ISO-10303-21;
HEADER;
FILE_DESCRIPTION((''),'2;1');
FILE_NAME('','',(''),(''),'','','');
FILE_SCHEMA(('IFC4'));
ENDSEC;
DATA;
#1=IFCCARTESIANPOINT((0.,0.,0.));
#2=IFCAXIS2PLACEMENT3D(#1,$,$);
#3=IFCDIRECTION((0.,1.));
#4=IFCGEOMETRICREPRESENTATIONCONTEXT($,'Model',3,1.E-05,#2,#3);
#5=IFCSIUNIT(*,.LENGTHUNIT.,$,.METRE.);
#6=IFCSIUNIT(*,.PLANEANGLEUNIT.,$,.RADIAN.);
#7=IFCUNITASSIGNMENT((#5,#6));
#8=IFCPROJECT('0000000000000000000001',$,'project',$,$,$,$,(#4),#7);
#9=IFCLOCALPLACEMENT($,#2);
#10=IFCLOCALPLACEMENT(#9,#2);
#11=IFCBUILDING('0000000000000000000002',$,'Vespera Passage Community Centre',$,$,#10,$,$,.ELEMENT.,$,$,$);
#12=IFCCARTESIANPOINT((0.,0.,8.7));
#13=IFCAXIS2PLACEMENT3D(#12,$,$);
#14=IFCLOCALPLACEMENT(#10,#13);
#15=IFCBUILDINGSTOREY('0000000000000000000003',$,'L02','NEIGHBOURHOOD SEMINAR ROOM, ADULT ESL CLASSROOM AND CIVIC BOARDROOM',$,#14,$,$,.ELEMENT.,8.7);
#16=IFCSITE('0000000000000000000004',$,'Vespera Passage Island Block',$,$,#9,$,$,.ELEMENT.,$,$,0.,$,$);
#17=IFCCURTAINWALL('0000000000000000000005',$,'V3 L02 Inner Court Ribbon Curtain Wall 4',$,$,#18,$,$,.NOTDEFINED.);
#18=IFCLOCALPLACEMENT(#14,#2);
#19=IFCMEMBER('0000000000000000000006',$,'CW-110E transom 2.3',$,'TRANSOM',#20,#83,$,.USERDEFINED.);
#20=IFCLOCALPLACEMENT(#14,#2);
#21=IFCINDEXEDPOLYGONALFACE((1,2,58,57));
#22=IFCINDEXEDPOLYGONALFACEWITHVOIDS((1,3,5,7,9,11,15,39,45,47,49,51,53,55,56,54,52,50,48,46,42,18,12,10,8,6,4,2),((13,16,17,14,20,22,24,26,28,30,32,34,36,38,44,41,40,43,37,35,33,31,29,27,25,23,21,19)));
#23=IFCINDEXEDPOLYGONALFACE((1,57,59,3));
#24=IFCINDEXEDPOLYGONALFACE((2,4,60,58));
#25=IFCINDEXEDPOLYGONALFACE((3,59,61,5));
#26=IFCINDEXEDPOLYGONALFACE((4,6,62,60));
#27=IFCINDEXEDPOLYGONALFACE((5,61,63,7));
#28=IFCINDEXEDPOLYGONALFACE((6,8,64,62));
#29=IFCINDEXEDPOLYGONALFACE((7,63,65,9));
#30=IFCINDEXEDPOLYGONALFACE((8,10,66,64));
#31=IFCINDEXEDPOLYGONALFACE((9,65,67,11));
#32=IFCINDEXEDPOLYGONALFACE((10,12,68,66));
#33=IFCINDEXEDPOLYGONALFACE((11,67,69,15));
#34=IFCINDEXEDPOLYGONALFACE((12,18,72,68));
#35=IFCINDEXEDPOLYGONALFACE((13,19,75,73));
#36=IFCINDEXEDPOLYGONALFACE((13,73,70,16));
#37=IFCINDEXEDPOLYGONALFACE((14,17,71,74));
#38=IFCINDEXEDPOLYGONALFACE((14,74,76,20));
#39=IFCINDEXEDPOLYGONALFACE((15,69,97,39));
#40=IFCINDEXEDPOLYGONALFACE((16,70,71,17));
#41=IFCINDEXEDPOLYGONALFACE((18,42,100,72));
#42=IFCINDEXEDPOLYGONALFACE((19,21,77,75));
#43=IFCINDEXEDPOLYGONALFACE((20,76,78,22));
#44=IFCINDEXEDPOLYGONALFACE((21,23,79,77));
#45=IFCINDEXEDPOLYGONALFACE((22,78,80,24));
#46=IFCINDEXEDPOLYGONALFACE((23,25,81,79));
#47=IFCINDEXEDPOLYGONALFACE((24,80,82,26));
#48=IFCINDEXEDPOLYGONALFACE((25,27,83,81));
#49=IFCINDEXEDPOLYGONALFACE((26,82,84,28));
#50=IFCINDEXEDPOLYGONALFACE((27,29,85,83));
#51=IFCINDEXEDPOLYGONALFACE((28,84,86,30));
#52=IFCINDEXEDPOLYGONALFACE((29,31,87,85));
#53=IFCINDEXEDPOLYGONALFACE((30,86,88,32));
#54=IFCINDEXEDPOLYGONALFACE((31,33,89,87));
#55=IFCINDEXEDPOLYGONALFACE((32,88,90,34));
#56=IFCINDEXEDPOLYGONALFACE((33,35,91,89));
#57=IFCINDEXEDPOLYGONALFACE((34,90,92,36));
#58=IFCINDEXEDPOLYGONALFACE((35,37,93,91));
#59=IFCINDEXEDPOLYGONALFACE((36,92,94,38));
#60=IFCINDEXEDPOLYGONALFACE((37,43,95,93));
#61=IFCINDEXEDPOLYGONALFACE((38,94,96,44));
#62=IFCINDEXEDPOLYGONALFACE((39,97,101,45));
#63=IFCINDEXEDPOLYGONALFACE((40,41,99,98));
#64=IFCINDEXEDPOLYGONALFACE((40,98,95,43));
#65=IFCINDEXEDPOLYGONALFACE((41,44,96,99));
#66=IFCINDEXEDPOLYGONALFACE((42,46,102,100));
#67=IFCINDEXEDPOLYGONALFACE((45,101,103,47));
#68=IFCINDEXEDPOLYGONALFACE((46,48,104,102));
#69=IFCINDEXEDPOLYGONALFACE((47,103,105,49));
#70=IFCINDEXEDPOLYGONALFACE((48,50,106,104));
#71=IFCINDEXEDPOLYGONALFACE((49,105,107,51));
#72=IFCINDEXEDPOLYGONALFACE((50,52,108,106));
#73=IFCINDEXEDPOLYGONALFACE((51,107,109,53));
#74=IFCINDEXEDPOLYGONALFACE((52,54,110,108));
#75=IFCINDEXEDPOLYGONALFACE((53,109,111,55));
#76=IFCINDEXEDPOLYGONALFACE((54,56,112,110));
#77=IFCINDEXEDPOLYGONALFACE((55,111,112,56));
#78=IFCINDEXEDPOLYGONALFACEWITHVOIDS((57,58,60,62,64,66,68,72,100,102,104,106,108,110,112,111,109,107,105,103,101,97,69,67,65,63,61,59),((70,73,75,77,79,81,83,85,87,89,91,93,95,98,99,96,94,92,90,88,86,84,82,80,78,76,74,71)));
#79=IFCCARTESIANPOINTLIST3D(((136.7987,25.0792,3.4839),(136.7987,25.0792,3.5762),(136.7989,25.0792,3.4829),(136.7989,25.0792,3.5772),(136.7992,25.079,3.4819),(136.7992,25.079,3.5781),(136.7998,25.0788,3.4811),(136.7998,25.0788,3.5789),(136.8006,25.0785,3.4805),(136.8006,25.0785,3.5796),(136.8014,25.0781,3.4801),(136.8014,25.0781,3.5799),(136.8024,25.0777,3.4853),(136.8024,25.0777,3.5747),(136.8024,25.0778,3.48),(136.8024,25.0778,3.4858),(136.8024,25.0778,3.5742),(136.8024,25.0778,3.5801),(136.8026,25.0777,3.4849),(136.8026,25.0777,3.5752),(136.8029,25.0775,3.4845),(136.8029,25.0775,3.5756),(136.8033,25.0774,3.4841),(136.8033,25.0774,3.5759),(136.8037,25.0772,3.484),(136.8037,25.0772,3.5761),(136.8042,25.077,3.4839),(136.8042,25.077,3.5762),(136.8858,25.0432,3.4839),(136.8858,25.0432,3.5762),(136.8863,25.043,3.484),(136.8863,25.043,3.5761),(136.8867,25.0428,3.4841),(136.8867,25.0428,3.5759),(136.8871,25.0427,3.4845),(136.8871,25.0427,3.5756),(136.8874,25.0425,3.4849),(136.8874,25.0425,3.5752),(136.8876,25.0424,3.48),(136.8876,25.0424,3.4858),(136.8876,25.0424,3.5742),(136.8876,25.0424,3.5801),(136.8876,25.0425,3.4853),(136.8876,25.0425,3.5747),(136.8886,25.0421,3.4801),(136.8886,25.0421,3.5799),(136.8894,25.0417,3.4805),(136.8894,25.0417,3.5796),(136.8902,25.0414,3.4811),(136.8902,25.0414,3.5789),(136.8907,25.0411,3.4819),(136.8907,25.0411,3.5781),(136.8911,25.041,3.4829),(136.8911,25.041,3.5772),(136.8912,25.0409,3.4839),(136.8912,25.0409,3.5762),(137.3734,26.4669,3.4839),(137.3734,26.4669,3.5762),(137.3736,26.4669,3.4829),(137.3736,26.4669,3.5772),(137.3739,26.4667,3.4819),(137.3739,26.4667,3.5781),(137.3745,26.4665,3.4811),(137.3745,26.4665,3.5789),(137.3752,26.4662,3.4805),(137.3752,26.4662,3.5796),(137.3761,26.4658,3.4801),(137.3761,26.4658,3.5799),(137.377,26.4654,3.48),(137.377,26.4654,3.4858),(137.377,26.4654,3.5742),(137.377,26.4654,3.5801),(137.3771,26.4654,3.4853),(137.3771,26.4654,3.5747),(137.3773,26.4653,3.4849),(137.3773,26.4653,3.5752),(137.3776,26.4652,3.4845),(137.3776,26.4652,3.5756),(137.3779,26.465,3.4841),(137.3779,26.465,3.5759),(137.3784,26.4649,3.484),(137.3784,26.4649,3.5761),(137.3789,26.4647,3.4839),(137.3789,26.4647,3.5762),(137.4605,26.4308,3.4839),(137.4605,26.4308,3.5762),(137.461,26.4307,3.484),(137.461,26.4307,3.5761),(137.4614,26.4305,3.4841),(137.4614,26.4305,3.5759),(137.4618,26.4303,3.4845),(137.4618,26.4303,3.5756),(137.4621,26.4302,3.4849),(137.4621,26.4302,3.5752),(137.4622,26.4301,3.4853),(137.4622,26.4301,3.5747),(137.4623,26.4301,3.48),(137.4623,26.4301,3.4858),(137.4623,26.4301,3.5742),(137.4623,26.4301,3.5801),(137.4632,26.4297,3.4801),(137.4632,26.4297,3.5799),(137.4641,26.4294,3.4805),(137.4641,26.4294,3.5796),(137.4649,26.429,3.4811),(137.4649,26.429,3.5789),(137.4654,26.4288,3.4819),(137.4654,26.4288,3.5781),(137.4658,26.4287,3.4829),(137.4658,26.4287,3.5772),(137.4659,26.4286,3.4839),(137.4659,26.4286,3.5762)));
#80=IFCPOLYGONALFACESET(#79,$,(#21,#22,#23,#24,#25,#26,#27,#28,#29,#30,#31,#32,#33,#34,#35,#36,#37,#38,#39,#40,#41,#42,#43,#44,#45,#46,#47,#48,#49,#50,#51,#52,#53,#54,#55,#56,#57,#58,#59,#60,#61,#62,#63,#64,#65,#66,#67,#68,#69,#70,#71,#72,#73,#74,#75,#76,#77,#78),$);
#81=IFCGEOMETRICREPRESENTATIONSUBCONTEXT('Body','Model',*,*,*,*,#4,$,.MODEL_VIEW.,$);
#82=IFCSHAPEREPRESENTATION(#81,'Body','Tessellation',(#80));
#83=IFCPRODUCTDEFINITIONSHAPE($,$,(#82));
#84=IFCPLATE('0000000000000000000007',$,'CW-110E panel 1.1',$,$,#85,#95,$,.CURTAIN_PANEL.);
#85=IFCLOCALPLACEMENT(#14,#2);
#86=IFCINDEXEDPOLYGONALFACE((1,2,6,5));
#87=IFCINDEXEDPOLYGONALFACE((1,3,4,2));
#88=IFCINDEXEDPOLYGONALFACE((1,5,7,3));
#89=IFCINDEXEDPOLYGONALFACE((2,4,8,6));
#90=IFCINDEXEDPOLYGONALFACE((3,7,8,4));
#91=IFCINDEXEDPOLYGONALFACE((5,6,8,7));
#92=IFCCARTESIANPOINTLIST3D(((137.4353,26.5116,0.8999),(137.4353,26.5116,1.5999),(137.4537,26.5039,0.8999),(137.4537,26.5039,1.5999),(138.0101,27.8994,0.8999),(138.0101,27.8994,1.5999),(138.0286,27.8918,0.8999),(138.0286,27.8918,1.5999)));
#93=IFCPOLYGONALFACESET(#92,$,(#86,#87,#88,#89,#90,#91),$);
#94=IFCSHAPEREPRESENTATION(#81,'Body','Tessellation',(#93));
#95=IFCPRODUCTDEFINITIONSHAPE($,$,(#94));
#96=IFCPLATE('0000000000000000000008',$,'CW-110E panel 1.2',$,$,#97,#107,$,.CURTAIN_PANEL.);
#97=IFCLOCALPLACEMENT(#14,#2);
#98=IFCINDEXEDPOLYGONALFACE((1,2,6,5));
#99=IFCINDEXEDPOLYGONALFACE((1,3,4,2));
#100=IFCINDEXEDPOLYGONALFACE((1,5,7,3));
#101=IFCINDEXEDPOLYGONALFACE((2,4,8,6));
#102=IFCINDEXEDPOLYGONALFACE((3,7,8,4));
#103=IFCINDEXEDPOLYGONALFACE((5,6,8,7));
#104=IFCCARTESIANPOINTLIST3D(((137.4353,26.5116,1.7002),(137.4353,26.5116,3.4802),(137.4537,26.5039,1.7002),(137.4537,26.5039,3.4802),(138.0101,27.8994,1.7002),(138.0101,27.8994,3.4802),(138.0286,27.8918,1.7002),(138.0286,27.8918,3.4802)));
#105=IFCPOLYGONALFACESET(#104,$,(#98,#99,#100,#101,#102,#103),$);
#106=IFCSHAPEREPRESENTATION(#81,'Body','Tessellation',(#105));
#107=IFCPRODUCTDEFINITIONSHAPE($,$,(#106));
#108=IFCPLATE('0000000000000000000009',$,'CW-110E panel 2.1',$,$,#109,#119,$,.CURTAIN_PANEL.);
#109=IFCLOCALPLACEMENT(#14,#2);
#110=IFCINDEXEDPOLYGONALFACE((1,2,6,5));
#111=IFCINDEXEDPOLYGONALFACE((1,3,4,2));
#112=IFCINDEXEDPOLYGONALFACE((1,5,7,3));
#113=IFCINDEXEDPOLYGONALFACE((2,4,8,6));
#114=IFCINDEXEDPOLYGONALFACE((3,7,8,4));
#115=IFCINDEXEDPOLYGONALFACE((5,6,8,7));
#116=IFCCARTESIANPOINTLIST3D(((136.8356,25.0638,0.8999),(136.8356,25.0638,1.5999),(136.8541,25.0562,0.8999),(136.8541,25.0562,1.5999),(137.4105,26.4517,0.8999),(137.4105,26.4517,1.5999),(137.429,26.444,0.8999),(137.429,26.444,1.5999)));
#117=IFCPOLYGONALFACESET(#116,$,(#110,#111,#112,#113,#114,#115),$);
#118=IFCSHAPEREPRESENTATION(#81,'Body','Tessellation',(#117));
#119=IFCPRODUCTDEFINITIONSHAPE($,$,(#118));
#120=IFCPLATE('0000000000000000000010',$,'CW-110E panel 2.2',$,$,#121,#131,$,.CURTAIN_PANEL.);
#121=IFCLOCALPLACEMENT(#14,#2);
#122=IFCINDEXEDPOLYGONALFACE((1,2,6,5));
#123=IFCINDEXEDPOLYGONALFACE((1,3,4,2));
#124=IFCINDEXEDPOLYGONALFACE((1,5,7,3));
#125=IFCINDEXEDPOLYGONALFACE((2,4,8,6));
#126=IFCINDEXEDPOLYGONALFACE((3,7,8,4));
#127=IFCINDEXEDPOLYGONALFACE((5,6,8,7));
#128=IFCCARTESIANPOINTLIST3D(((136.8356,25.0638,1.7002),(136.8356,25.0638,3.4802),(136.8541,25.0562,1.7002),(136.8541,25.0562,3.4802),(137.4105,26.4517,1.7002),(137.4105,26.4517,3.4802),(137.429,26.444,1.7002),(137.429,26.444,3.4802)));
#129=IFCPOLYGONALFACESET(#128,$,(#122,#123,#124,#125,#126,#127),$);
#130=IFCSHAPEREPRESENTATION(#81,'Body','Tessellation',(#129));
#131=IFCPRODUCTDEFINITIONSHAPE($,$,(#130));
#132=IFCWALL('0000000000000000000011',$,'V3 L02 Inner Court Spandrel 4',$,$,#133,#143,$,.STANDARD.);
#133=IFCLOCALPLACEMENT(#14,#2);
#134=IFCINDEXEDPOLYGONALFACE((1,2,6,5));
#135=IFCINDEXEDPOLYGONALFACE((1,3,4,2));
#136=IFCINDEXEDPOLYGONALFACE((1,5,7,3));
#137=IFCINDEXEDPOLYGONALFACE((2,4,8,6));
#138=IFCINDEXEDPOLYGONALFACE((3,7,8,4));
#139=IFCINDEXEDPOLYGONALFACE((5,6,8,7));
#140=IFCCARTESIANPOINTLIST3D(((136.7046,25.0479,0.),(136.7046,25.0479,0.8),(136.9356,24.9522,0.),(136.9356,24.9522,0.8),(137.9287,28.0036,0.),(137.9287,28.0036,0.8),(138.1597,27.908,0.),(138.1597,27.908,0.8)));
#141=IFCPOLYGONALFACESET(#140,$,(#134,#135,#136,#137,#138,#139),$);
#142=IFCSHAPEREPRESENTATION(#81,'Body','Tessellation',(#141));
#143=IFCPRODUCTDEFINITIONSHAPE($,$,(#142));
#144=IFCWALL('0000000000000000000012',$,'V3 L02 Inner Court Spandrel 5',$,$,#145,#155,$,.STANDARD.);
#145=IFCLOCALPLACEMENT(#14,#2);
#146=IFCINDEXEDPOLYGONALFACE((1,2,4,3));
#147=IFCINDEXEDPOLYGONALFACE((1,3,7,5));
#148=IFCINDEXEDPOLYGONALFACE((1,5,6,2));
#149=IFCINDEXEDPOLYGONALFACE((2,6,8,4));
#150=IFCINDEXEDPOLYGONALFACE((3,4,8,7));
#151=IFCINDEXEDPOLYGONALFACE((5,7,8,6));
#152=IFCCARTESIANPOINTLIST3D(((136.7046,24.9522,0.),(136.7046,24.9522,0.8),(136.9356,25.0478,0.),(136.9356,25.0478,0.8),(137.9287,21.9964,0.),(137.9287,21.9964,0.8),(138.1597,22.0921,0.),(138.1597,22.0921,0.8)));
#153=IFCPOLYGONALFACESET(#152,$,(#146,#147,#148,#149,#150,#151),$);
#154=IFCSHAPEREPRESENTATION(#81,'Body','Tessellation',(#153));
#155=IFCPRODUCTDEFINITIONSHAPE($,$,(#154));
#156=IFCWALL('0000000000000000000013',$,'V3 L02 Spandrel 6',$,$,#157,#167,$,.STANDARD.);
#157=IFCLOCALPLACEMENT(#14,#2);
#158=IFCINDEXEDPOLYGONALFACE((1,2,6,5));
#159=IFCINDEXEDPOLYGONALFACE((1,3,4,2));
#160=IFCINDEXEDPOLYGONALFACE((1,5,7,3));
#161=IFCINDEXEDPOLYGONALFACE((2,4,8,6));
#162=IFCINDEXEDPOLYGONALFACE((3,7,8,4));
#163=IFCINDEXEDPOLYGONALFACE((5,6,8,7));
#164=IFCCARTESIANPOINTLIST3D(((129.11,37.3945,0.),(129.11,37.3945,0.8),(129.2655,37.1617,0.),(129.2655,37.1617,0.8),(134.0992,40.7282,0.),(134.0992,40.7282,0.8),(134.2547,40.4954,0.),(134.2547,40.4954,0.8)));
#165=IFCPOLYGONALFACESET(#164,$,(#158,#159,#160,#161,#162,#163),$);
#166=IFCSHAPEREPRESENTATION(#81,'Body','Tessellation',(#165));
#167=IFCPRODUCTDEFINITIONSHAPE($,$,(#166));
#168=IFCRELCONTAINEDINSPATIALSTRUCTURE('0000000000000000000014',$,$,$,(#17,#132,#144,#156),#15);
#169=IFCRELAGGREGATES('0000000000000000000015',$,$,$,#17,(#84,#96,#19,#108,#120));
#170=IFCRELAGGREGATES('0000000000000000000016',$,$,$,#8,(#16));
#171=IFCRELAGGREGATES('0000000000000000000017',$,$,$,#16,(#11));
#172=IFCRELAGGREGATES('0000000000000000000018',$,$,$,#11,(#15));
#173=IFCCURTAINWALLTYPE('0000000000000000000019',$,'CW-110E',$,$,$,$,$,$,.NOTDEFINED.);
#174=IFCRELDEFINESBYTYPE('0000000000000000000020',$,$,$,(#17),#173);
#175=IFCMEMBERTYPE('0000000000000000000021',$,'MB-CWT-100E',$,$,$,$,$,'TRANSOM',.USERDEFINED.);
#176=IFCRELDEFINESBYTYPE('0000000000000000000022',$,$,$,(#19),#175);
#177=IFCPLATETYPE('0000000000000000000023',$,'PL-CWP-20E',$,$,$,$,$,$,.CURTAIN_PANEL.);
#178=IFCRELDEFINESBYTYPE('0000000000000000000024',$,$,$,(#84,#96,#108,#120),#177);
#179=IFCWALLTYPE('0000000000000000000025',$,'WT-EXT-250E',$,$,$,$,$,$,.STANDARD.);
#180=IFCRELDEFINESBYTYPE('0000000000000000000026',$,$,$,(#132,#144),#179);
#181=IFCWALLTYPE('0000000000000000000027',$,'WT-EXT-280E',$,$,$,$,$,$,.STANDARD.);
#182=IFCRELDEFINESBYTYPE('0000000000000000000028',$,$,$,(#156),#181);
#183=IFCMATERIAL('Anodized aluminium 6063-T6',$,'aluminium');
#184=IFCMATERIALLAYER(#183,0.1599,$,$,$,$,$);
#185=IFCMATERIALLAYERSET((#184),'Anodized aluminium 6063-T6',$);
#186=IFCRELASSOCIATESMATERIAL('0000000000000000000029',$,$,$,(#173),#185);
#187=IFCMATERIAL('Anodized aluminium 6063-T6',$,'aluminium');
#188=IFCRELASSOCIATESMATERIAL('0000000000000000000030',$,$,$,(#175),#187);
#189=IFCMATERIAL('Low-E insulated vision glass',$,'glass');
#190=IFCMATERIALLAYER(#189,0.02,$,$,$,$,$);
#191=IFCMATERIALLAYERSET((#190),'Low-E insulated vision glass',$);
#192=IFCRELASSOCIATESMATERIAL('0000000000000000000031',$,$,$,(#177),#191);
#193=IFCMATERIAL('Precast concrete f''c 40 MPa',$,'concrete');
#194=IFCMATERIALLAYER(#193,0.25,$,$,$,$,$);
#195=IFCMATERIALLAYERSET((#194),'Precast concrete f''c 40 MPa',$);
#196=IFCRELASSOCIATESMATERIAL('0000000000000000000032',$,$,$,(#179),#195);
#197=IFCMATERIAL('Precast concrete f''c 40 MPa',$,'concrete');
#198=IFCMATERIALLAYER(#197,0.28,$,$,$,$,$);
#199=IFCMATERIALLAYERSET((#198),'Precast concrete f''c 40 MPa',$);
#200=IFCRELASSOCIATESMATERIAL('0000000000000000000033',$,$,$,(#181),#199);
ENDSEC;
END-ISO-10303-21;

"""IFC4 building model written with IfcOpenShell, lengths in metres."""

from ifc_helpers import new_model, si_unit, direction, frame, frame_2d, origin, origin_2d, place, context, subcontext, project, spatial, rectangle, hollow_rectangle, extrude, material, layer, layer_set, material_profile, profile_set, type_object, element, aggregate, save


model = new_model("IFC4")

# Units and contexts
model_context = context("Model", 3, precision=1e-05, world=origin(), true_north=direction((0.0, 1.0)))
body_context = subcontext(model_context, "Body", "Model", "MODEL_VIEW")
ifc_project = project(units=[si_unit("LENGTHUNIT", "METRE"), si_unit("PLANEANGLEUNIT", "RADIAN")], contexts=[model_context])

# Site, building, storey
site_placement = place(None, origin())
site = spatial("IfcSite", under=ifc_project, at=site_placement, Name="Vespera Passage Island Block", CompositionType="ELEMENT", RefElevation=0.0)
building_placement = place(site_placement, origin())
building = spatial("IfcBuilding", under=site, at=building_placement, Name="Vespera Passage Community Centre", CompositionType="ELEMENT")
storey_placement = place(building_placement, frame((0.0, 0.0, 8.7)))
storey = spatial("IfcBuildingStorey", under=building, at=storey_placement, Name="L02", Description="NEIGHBOURHOOD SEMINAR ROOM, ADULT ESL CLASSROOM AND CIVIC BOARDROOM", CompositionType="ELEMENT", Elevation=8.7)

# Shared definitions
ifc_material_1 = material(Name="Anodized aluminium 6063-T6", Category="aluminium")
ifc_layer_1 = layer(ifc_material_1, 0.1599)
ifc_layer_set_1 = layer_set([ifc_layer_1], Name="Anodized aluminium 6063-T6")
curtain_wall_type_1 = type_object("IfcCurtainWallType", Name="CW-110E", PredefinedType="NOTDEFINED", material=ifc_layer_set_1)

# Curtain wall
curtain_wall_1_placement = place(storey_placement, origin())
curtain_wall_1 = element("IfcCurtainWall", 1, at=curtain_wall_1_placement, inside=storey, type_object=curtain_wall_type_1, Name="V3 L02 Inner Court Ribbon Curtain Wall 4", PredefinedType="NOTDEFINED")

# Member
ifc_material_2 = material(Name="Anodized aluminium 6063-T6", Category="aluminium")
ifc_material_profile_1 = material_profile(ifc_material_2, hollow_rectangle(XDim=0.1001, YDim=0.1001, WallThickness=0.0039, InnerFilletRadius=0.002, OuterFilletRadius=0.0039, at=origin_2d()), Name="ALU100X100X4")
ifc_profile_set_1 = profile_set([ifc_material_profile_1], Name="Anodized aluminium 6063-T6")
member_type_1 = type_object("IfcMemberType", Name="MB-CWT-100E", ElementType="TRANSOM", PredefinedType="USERDEFINED", material=ifc_profile_set_1)
member_1_placement = place(storey_placement, frame((137.4197, 26.4478, 3.53), z_axis=(-0.382629, -0.923902, 0.0), x_axis=(0.923902, -0.382629, 0.0)))
member_1 = element("IfcMember", 2, at=member_1_placement, type_object=member_type_1, Name="CW-110E transom 2.3", ObjectType="TRANSOM", PredefinedType="USERDEFINED", context=body_context, shape_type="SweptSolid", body=[
    extrude(hollow_rectangle(XDim=0.1001, YDim=0.1001, WallThickness=0.0039, InnerFilletRadius=0.002, OuterFilletRadius=0.0039, at=origin_2d()), origin(), (0.0, 0.0, 1.0), 1.502),
])

# Plates
ifc_material_3 = material(Name="Low-E insulated vision glass", Category="glass")
ifc_layer_2 = layer(ifc_material_3, 0.02)
ifc_layer_set_2 = layer_set([ifc_layer_2], Name="Low-E insulated vision glass")
plate_type = type_object("IfcPlateType", Name="PL-CWP-20E", PredefinedType="CURTAIN_PANEL", material=ifc_layer_set_2)
plate_1_placement = place(storey_placement, frame((137.7319, 27.2017, 0.8999), z_axis=(0.0, 0.0, 1.0), x_axis=(-0.382686, -0.923879, 0.0)))
plate_1 = element("IfcPlate", 3, at=plate_1_placement, type_object=plate_type, Name="CW-110E panel 1.1", PredefinedType="CURTAIN_PANEL", context=body_context, shape_type="SweptSolid", body=[
    extrude(rectangle(XDim=1.5022, YDim=0.02, at=origin_2d()), origin(), (0.0, 0.0, 1.0), 0.7),
])
plate_2_placement = place(storey_placement, frame((137.7319, 27.2017, 1.7002), z_axis=(0.0, 0.0, 1.0), x_axis=(-0.382686, -0.923879, 0.0)))
plate_2 = element("IfcPlate", 4, at=plate_2_placement, type_object=plate_type, Name="CW-110E panel 1.2", PredefinedType="CURTAIN_PANEL", context=body_context, shape_type="SweptSolid", body=[
    extrude(rectangle(XDim=1.5022, YDim=0.02, at=origin_2d()), origin(), (0.0, 0.0, 1.0), 1.78),
])
plate_3_placement = place(storey_placement, frame((137.1323, 25.7539, 0.8999), z_axis=(0.0, 0.0, 1.0), x_axis=(-0.382686, -0.923879, 0.0)))
plate_3 = element("IfcPlate", 5, at=plate_3_placement, type_object=plate_type, Name="CW-110E panel 2.1", PredefinedType="CURTAIN_PANEL", context=body_context, shape_type="SweptSolid", body=[
    extrude(rectangle(XDim=1.5022, YDim=0.02, at=origin_2d()), origin(), (0.0, 0.0, 1.0), 0.7),
])
plate_4_placement = place(storey_placement, frame((137.1323, 25.7539, 1.7002), z_axis=(0.0, 0.0, 1.0), x_axis=(-0.382686, -0.923879, 0.0)))
plate_4 = element("IfcPlate", 6, at=plate_4_placement, type_object=plate_type, Name="CW-110E panel 2.2", PredefinedType="CURTAIN_PANEL", context=body_context, shape_type="SweptSolid", body=[
    extrude(rectangle(XDim=1.5022, YDim=0.02, at=origin_2d()), origin(), (0.0, 0.0, 1.0), 1.78),
])
aggregate(curtain_wall_1, [plate_1, plate_2, member_1, plate_3, plate_4])

# Walls
ifc_material_4 = material(Name="Precast concrete f'c 40 MPa", Category="concrete")
ifc_layer_3 = layer(ifc_material_4, 0.25)
ifc_layer_set_3 = layer_set([ifc_layer_3], Name="Precast concrete f'c 40 MPa")
wall_type_1 = type_object("IfcWallType", Name="WT-EXT-250E", PredefinedType="STANDARD", material=ifc_layer_set_3)
for number, where, z_axis, x_axis, name in (
    (7, (138.0442, 27.9558, 0.0), (0.0, 0.0, 1.0), (-0.382626, -0.923903, 0.0), "V3 L02 Inner Court Spandrel 4"),
    (8, (136.8201, 25.0, 0.0), (0.0, 0.0, 1.0), (0.382626, -0.923903, 0.0), "V3 L02 Inner Court Spandrel 5"),
):
    element("IfcWall", number, at=place(storey_placement, frame(where, z_axis=z_axis, x_axis=x_axis)), inside=storey, type_object=wall_type_1, Name=name, PredefinedType="STANDARD", context=body_context, shape_type="SweptSolid", body=[
        extrude(rectangle(XDim=3.1992, YDim=0.25, at=frame_2d((1.5996, 0.0))), origin(), (0.0, 0.0, 1.0), 0.8),
    ])
ifc_material_5 = material(Name="Precast concrete f'c 40 MPa", Category="concrete")
ifc_layer_4 = layer(ifc_material_5, 0.28)
ifc_layer_set_4 = layer_set([ifc_layer_4], Name="Precast concrete f'c 40 MPa")
wall_type_2 = type_object("IfcWallType", Name="WT-EXT-280E", PredefinedType="STANDARD", material=ifc_layer_set_4)
wall_1_placement = place(storey_placement, frame((129.1877, 37.2781, 0.0), z_axis=(0.0, 0.0, 1.0), x_axis=(0.831468, 0.555573, 0.0)))
element("IfcWall", 9, at=wall_1_placement, inside=storey, type_object=wall_type_2, Name="V3 L02 Spandrel 6", PredefinedType="STANDARD", context=body_context, shape_type="SweptSolid", body=[
    extrude(rectangle(XDim=6.0005, YDim=0.28, at=frame_2d((3.0002, 0.0))), origin(), (0.0, 0.0, 1.0), 0.8),
])

save(model, "model.ifc")
